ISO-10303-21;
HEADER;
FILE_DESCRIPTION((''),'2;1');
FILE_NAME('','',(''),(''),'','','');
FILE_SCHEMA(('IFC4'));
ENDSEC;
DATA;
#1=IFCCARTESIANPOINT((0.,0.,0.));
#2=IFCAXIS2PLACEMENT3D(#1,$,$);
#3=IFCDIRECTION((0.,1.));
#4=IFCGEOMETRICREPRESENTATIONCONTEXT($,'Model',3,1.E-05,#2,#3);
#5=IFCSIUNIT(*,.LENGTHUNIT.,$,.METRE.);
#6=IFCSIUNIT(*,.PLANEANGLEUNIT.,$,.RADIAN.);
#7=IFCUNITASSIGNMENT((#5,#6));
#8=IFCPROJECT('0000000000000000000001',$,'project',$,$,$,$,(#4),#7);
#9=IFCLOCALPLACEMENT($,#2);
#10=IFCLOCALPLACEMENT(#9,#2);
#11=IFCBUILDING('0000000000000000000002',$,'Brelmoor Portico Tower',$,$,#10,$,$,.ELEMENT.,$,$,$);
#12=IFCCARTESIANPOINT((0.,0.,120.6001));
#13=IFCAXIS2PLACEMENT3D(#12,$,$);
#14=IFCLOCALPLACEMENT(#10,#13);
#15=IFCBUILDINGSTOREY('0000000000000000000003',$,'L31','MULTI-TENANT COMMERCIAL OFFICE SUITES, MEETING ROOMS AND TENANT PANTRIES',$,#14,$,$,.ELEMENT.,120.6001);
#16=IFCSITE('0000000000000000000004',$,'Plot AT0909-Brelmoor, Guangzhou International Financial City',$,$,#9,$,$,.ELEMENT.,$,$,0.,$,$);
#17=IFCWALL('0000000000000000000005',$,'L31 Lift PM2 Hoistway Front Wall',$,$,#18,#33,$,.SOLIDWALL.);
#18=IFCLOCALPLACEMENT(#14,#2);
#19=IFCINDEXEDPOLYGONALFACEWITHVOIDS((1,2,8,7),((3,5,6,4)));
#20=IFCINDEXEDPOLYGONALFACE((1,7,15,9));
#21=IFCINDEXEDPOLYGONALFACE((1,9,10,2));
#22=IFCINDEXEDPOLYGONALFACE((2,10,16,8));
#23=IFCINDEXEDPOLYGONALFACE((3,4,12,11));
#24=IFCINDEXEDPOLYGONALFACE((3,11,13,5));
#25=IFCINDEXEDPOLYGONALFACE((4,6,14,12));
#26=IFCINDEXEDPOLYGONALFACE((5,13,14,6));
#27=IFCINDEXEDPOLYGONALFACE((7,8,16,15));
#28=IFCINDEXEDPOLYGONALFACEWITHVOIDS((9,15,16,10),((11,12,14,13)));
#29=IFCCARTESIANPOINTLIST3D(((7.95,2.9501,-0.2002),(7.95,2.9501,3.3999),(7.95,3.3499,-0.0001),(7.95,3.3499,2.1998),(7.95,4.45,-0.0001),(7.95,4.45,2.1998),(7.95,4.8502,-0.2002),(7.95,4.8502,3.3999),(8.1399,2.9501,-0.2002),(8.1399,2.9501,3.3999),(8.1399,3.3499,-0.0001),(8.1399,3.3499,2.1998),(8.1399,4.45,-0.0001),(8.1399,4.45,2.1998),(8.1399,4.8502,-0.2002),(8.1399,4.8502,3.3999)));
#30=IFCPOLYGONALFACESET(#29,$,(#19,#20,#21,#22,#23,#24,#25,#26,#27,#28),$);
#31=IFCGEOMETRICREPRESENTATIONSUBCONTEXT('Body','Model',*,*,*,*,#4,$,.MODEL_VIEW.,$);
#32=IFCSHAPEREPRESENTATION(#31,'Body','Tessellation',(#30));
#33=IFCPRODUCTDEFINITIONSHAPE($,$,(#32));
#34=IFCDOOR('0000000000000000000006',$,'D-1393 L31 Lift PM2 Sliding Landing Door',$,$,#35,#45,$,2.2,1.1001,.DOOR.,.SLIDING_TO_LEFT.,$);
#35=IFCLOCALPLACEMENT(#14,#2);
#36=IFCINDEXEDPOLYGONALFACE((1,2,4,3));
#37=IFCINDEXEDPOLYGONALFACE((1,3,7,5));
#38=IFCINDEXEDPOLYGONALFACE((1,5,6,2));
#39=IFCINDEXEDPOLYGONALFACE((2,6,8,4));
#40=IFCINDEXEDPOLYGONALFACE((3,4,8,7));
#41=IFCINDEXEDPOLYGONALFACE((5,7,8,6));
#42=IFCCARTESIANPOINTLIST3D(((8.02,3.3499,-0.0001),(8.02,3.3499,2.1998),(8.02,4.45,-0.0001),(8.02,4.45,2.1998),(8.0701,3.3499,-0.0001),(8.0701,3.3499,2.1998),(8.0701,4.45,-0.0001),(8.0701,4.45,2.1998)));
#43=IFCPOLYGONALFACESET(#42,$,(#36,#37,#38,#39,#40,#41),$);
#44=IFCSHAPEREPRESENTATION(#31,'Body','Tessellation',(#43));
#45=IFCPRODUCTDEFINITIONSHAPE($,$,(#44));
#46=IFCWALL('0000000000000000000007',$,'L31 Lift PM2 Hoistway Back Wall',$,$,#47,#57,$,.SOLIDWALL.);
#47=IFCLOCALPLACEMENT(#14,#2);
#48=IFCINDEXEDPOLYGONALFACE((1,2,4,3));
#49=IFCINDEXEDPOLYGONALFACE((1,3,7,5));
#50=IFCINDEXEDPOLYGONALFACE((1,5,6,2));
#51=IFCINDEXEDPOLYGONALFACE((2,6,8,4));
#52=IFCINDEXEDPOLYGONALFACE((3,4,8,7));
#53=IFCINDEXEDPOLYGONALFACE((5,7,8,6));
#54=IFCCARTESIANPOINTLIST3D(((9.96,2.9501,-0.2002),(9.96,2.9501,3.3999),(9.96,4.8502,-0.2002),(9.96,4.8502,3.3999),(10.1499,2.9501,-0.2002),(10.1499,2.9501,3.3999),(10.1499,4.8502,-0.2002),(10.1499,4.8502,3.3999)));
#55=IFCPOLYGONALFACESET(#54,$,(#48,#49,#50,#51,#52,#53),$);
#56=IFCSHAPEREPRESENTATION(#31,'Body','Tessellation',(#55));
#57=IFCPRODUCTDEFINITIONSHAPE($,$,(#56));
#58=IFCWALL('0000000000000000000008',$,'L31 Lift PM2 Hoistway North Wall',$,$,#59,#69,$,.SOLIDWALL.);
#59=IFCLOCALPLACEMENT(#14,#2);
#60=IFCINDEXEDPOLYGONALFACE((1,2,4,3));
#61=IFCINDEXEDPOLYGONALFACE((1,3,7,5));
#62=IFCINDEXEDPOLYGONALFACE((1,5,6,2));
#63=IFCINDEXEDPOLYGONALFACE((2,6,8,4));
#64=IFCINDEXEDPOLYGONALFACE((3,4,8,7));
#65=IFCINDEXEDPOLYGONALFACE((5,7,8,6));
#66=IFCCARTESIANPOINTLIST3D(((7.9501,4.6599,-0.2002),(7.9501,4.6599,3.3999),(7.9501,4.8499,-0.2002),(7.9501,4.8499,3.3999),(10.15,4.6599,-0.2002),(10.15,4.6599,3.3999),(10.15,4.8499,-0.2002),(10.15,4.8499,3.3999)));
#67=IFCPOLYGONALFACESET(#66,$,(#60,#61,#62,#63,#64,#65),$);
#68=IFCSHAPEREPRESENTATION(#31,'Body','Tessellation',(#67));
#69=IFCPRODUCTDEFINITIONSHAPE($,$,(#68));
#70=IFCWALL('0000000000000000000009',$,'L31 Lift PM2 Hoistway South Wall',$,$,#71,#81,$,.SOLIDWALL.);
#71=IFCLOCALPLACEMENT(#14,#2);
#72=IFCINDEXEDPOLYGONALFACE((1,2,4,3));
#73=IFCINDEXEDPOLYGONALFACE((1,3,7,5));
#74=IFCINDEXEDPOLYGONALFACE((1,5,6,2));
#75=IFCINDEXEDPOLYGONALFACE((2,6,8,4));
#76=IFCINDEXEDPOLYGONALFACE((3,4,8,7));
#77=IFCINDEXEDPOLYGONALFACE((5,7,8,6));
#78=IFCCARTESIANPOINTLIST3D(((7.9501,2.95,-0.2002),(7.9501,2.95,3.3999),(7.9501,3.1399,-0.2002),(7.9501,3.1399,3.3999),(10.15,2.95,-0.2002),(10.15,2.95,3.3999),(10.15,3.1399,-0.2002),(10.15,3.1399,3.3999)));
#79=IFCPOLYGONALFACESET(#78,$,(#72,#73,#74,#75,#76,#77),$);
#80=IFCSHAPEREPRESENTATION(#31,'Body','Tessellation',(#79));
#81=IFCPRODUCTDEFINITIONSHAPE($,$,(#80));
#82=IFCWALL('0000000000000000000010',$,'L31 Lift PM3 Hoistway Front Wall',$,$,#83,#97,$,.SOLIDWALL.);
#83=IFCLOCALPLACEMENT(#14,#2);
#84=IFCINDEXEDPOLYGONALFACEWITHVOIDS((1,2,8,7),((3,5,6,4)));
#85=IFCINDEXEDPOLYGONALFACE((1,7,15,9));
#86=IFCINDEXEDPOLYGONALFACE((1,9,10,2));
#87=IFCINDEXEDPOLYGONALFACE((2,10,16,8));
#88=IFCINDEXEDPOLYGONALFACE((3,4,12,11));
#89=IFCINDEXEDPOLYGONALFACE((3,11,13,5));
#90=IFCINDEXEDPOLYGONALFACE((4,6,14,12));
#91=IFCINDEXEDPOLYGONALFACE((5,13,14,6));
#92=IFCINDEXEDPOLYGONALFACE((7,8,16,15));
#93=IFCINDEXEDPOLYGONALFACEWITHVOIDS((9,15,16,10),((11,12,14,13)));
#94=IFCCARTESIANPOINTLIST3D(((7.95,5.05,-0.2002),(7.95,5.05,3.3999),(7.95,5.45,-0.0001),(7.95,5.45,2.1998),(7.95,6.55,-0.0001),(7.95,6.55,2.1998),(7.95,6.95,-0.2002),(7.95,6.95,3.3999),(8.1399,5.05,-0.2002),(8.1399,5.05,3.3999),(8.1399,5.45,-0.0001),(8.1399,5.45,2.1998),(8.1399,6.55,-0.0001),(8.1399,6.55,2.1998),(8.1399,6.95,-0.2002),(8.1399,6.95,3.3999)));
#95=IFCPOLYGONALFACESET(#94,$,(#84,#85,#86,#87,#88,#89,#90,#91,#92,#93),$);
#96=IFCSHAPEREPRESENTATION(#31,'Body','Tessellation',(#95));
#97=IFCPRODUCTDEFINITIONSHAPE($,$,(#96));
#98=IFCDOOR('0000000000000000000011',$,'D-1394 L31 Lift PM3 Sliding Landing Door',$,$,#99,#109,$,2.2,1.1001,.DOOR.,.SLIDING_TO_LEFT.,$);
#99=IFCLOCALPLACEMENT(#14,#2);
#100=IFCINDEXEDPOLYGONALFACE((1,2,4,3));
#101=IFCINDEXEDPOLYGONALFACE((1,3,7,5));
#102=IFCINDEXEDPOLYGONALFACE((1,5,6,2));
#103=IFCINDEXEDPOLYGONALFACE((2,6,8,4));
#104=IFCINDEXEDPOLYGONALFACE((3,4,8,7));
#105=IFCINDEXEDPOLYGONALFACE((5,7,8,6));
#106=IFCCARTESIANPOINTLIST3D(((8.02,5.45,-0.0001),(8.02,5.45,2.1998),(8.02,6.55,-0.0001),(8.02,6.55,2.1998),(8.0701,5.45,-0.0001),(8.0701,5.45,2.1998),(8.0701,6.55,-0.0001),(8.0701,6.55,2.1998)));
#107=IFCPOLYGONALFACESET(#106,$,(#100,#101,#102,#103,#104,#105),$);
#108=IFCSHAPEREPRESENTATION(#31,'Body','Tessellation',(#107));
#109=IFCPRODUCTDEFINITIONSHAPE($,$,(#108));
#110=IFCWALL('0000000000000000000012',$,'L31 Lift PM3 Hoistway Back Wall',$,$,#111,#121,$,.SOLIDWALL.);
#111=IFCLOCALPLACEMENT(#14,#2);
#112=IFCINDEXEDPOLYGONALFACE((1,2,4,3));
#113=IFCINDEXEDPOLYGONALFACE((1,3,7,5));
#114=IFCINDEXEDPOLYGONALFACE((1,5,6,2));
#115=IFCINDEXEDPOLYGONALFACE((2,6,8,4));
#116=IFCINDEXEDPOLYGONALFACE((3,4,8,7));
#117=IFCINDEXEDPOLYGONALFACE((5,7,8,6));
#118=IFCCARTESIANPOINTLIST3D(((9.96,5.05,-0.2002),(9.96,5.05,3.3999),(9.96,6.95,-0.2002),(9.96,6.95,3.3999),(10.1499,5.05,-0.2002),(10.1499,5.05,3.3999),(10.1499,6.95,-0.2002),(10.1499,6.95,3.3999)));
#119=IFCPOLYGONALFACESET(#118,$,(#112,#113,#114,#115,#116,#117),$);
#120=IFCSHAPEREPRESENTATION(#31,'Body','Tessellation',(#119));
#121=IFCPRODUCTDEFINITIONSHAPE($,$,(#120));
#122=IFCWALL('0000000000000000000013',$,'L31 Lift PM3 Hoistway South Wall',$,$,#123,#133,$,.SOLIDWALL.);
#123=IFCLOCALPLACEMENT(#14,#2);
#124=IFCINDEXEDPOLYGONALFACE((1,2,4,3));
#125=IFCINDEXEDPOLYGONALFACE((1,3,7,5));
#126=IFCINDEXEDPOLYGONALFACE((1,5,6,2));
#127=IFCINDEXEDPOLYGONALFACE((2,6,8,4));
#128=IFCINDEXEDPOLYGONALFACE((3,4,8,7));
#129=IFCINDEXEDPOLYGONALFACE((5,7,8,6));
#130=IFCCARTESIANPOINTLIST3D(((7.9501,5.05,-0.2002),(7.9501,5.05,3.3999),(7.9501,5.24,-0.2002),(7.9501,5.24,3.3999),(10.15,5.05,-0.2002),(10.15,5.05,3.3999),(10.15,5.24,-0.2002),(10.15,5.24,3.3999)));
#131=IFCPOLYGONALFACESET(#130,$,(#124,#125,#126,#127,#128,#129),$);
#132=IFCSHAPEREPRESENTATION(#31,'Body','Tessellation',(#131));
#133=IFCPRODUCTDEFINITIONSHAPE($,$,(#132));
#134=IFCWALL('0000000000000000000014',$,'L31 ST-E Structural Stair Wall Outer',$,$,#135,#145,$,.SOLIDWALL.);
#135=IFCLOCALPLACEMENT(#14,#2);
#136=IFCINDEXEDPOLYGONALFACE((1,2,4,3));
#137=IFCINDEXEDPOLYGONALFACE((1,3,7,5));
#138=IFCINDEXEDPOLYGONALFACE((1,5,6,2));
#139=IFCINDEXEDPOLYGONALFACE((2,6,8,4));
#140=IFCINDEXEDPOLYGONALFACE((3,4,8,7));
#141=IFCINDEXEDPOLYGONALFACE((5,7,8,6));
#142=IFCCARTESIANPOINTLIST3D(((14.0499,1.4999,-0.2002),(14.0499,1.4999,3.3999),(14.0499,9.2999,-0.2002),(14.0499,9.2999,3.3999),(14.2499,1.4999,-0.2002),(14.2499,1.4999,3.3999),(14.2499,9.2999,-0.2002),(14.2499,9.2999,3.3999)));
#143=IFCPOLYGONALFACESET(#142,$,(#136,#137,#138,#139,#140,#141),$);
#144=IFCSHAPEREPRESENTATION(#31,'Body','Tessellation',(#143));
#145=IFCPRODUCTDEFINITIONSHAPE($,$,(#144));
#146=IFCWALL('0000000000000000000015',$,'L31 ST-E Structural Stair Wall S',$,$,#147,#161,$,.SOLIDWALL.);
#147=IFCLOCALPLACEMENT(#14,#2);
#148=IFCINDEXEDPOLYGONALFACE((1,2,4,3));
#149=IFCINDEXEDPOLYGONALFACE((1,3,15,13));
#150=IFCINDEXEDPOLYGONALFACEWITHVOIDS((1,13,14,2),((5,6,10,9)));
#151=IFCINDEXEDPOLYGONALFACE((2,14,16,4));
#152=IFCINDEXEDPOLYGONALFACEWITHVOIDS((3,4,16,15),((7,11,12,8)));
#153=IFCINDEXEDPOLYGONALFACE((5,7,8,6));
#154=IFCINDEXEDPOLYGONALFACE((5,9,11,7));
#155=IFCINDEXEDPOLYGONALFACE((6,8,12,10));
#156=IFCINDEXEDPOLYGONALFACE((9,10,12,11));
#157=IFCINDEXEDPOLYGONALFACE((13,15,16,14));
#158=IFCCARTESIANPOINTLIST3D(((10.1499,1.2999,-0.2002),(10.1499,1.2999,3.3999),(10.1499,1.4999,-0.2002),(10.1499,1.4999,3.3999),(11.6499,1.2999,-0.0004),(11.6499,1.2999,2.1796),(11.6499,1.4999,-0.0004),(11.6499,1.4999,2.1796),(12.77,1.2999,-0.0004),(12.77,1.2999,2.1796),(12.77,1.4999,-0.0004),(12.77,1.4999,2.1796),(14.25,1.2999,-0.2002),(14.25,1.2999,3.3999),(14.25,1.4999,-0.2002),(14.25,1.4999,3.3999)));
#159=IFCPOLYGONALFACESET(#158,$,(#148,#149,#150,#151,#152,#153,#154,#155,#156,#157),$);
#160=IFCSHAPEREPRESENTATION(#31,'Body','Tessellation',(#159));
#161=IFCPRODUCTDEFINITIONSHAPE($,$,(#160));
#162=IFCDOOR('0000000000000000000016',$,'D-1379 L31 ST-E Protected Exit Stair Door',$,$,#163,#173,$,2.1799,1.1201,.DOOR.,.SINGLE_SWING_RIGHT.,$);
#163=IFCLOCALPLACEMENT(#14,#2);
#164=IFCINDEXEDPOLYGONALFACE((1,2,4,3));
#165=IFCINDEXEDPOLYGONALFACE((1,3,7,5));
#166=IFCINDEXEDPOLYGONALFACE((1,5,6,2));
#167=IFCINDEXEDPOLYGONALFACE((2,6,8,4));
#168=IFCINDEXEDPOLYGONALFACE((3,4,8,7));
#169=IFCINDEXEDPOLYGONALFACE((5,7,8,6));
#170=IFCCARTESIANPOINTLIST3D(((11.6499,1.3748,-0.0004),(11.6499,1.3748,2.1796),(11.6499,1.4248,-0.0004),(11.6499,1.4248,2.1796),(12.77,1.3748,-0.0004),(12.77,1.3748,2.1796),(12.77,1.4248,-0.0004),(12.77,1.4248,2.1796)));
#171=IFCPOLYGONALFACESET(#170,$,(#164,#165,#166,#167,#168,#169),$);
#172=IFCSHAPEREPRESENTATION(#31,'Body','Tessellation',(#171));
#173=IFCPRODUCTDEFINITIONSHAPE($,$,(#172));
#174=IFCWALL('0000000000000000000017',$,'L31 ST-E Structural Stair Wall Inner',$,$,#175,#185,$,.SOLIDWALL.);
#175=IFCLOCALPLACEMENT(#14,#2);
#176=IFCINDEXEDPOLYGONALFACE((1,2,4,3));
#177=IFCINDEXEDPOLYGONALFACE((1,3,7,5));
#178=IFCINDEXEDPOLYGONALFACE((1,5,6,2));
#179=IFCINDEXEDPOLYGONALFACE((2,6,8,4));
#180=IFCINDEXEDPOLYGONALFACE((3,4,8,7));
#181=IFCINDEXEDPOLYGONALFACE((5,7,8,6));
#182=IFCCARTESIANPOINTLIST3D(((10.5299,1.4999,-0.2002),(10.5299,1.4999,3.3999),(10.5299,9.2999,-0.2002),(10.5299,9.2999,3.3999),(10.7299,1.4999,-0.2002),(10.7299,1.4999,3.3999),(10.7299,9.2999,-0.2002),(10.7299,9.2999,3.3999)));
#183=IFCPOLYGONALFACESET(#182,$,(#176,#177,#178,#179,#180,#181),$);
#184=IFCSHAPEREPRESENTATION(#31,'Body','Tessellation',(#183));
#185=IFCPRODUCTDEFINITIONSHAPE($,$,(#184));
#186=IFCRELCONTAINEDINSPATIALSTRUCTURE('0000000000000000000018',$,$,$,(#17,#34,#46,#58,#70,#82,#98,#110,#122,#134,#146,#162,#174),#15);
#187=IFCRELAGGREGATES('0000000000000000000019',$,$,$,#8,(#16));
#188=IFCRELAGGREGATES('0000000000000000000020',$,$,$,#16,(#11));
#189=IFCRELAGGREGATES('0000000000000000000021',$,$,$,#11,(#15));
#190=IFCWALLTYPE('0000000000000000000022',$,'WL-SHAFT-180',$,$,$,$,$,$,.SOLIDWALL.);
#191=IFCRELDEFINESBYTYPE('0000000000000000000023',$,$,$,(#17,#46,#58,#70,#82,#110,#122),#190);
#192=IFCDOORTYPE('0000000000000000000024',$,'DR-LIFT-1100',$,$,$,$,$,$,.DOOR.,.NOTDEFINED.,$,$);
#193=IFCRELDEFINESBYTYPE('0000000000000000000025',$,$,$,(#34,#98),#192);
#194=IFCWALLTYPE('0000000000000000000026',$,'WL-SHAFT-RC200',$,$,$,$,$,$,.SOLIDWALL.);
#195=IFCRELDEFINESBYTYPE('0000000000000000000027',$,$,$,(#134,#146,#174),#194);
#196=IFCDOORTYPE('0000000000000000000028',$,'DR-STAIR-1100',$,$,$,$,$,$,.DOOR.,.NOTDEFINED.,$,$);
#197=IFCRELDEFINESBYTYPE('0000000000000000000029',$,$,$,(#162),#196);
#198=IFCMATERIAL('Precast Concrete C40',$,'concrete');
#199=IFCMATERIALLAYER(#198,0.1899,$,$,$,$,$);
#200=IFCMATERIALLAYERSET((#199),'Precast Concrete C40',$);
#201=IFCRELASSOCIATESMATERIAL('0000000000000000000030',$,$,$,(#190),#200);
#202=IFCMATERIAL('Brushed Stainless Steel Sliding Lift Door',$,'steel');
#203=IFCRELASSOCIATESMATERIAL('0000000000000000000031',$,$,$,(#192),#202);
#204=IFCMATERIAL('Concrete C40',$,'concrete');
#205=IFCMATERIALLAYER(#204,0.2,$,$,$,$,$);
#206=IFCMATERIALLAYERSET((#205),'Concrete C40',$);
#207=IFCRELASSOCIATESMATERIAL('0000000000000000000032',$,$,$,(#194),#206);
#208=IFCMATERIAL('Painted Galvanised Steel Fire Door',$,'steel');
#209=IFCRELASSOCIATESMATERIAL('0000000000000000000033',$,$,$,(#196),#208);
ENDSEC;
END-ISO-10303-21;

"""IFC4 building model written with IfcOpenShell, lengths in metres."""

from ifc_helpers import new_model, si_unit, direction, frame, frame_2d, origin, place, context, subcontext, project, spatial, rectangle, extrude, material, layer, layer_set, type_object, element, fill, save


model = new_model("IFC4")

# Units and contexts
model_context = context("Model", 3, precision=1e-05, world=origin(), true_north=direction((0.0, 1.0)))
body_context = subcontext(model_context, "Body", "Model", "MODEL_VIEW")
ifc_project = project(units=[si_unit("LENGTHUNIT", "METRE"), si_unit("PLANEANGLEUNIT", "RADIAN")], contexts=[model_context])

# Site, building, storey
site_placement = place(None, origin())
site = spatial("IfcSite", under=ifc_project, at=site_placement, Name="Plot AT0909-Brelmoor, Guangzhou International Financial City", CompositionType="ELEMENT", RefElevation=0.0)
building_placement = place(site_placement, origin())
building = spatial("IfcBuilding", under=site, at=building_placement, Name="Brelmoor Portico Tower", CompositionType="ELEMENT")
storey_placement = place(building_placement, frame((0.0, 0.0, 120.6001)))
storey = spatial("IfcBuildingStorey", under=building, at=storey_placement, Name="L31", Description="MULTI-TENANT COMMERCIAL OFFICE SUITES, MEETING ROOMS AND TENANT PANTRIES", CompositionType="ELEMENT", Elevation=120.6001)

# Shared definitions
ifc_material_1 = material(Name="Precast Concrete C40", Category="concrete")
ifc_layer_1 = layer(ifc_material_1, 0.1899)
ifc_layer_set_1 = layer_set([ifc_layer_1], Name="Precast Concrete C40")
wall_type_1 = type_object("IfcWallType", Name="WL-SHAFT-180", PredefinedType="SOLIDWALL", material=ifc_layer_set_1)
ifc_material_2 = material(Name="Brushed Stainless Steel Sliding Lift Door", Category="steel")
door_type_1 = type_object("IfcDoorType", Name="DR-LIFT-1100", OperationType="NOTDEFINED", PredefinedType="DOOR", material=ifc_material_2)

# Wall, opening, door
wall_1_placement = place(storey_placement, frame((8.0449, 2.95, -0.2002), z_axis=(0.0, 0.0, 1.0), x_axis=(0.0, 1.0, 0.0)))
wall_1 = element("IfcWall", 1, at=wall_1_placement, inside=storey, type_object=wall_type_1, Name="L31 Lift PM2 Hoistway Front Wall", PredefinedType="SOLIDWALL", context=body_context, shape_type="SweptSolid", body=[
    extrude(rectangle(XDim=1.9001, YDim=0.1899, at=frame_2d((0.9502, 0.0))), origin(), (0.0, 0.0, 1.0), 3.6001),
])
opening_1_placement = place(wall_1_placement, frame((0.3999, 0.0, 0.2)))
opening_1 = element("IfcOpeningElement", 2, at=opening_1_placement, cuts=wall_1, PredefinedType="OPENING", context=body_context, shape_type="SweptSolid", body=[
    extrude(rectangle(XDim=1.1001, YDim=2.2, at=frame_2d((0.55, 1.1001))), frame((0.0, 0.105, 0.0), z_axis=(0.0, -1.0, 0.0), x_axis=(1.0, 0.0, 0.0)), (0.0, 0.0, 1.0), 0.21),
])
door_1_placement = place(opening_1_placement, origin())
door_1 = element("IfcDoor", 3, at=door_1_placement, inside=storey, type_object=door_type_1, Name="D-1393 L31 Lift PM2 Sliding Landing Door", OperationType="SLIDING_TO_LEFT", OverallHeight=2.2, OverallWidth=1.1001, PredefinedType="DOOR", context=body_context, shape_type="SweptSolid", body=[
    extrude(rectangle(XDim=1.1001, YDim=2.2, at=frame_2d((0.55, 1.1001))), frame((0.0, 0.0249, 0.0), z_axis=(0.0, -1.0, 0.0), x_axis=(1.0, 0.0, 0.0)), (0.0, 0.0, 1.0), 0.05),
])
fill(opening_1, door_1)

# Walls
wall_2_placement = place(storey_placement, frame((10.0549, 2.95, -0.2002), z_axis=(0.0, 0.0, 1.0), x_axis=(0.0, 1.0, 0.0)))
element("IfcWall", 4, at=wall_2_placement, inside=storey, type_object=wall_type_1, Name="L31 Lift PM2 Hoistway Back Wall", PredefinedType="SOLIDWALL", context=body_context, shape_type="SweptSolid", body=[
    extrude(rectangle(XDim=1.9001, YDim=0.1899, at=frame_2d((0.9502, 0.0))), origin(), (0.0, 0.0, 1.0), 3.6001),
])
for number, where, z_axis, x_axis, name in (
    (5, (7.95, 4.7549, -0.2002), (0.0, 0.0, 1.0), (1.0, 0.0, 0.0), "L31 Lift PM2 Hoistway North Wall"),
    (6, (7.95, 3.0449, -0.2002), (0.0, 0.0, 1.0), (1.0, 0.0, 0.0), "L31 Lift PM2 Hoistway South Wall"),
):
    element("IfcWall", number, at=place(storey_placement, frame(where, z_axis=z_axis, x_axis=x_axis)), inside=storey, type_object=wall_type_1, Name=name, PredefinedType="SOLIDWALL", context=body_context, shape_type="SweptSolid", body=[
        extrude(rectangle(XDim=2.2, YDim=0.1899, at=frame_2d((1.1001, 0.0))), origin(), (0.0, 0.0, 1.0), 3.6001),
    ])

# Wall, opening, door
wall_3_placement = place(storey_placement, frame((8.0449, 5.05, -0.2002), z_axis=(0.0, 0.0, 1.0), x_axis=(0.0, 1.0, 0.0)))
wall_3 = element("IfcWall", 7, at=wall_3_placement, inside=storey, type_object=wall_type_1, Name="L31 Lift PM3 Hoistway Front Wall", PredefinedType="SOLIDWALL", context=body_context, shape_type="SweptSolid", body=[
    extrude(rectangle(XDim=1.8999, YDim=0.1899, at=frame_2d((0.95, 0.0))), origin(), (0.0, 0.0, 1.0), 3.6001),
])
opening_2_placement = place(wall_3_placement, frame((0.3999, 0.0, 0.2)))
opening_2 = element("IfcOpeningElement", 8, at=opening_2_placement, cuts=wall_3, PredefinedType="OPENING", context=body_context, shape_type="SweptSolid", body=[
    extrude(rectangle(XDim=1.1001, YDim=2.2, at=frame_2d((0.55, 1.1001))), frame((0.0, 0.105, 0.0), z_axis=(0.0, -1.0, 0.0), x_axis=(1.0, 0.0, 0.0)), (0.0, 0.0, 1.0), 0.21),
])
door_2_placement = place(opening_2_placement, origin())
door_2 = element("IfcDoor", 9, at=door_2_placement, inside=storey, type_object=door_type_1, Name="D-1394 L31 Lift PM3 Sliding Landing Door", OperationType="SLIDING_TO_LEFT", OverallHeight=2.2, OverallWidth=1.1001, PredefinedType="DOOR", context=body_context, shape_type="SweptSolid", body=[
    extrude(rectangle(XDim=1.1001, YDim=2.2, at=frame_2d((0.55, 1.1001))), frame((0.0, 0.0249, 0.0), z_axis=(0.0, -1.0, 0.0), x_axis=(1.0, 0.0, 0.0)), (0.0, 0.0, 1.0), 0.05),
])
fill(opening_2, door_2)

# Walls
wall_4_placement = place(storey_placement, frame((10.0549, 5.05, -0.2002), z_axis=(0.0, 0.0, 1.0), x_axis=(0.0, 1.0, 0.0)))
element("IfcWall", 10, at=wall_4_placement, inside=storey, type_object=wall_type_1, Name="L31 Lift PM3 Hoistway Back Wall", PredefinedType="SOLIDWALL", context=body_context, shape_type="SweptSolid", body=[
    extrude(rectangle(XDim=1.8999, YDim=0.1899, at=frame_2d((0.95, 0.0))), origin(), (0.0, 0.0, 1.0), 3.6001),
])
wall_5_placement = place(storey_placement, frame((7.95, 5.145, -0.2002), z_axis=(0.0, 0.0, 1.0), x_axis=(1.0, 0.0, 0.0)))
element("IfcWall", 11, at=wall_5_placement, inside=storey, type_object=wall_type_1, Name="L31 Lift PM3 Hoistway South Wall", PredefinedType="SOLIDWALL", context=body_context, shape_type="SweptSolid", body=[
    extrude(rectangle(XDim=2.2, YDim=0.1899, at=frame_2d((1.1001, 0.0))), origin(), (0.0, 0.0, 1.0), 3.6001),
])
ifc_material_3 = material(Name="Concrete C40", Category="concrete")
ifc_layer_2 = layer(ifc_material_3, 0.2)
ifc_layer_set_2 = layer_set([ifc_layer_2], Name="Concrete C40")
wall_type_2 = type_object("IfcWallType", Name="WL-SHAFT-RC200", PredefinedType="SOLIDWALL", material=ifc_layer_set_2)
wall_6_placement = place(storey_placement, frame((14.1499, 1.5, -0.2002), z_axis=(0.0, 0.0, 1.0), x_axis=(0.0, 1.0, 0.0)))
element("IfcWall", 12, at=wall_6_placement, inside=storey, type_object=wall_type_2, Name="L31 ST-E Structural Stair Wall Outer", PredefinedType="SOLIDWALL", context=body_context, shape_type="SweptSolid", body=[
    extrude(rectangle(XDim=7.8, YDim=0.2, at=frame_2d((3.8999, 0.0))), origin(), (0.0, 0.0, 1.0), 3.6001),
])

# Wall, opening, door
wall_7_placement = place(storey_placement, frame((10.1499, 1.3999, -0.2002), z_axis=(0.0, 0.0, 1.0), x_axis=(1.0, 0.0, 0.0)))
wall_7 = element("IfcWall", 13, at=wall_7_placement, inside=storey, type_object=wall_type_2, Name="L31 ST-E Structural Stair Wall S", PredefinedType="SOLIDWALL", context=body_context, shape_type="SweptSolid", body=[
    extrude(rectangle(XDim=4.1001, YDim=0.2, at=frame_2d((2.05, 0.0))), origin(), (0.0, 0.0, 1.0), 3.6001),
])
opening_3_placement = place(wall_7_placement, frame((1.5, 0.0, 0.2)))
opening_3 = element("IfcOpeningElement", 14, at=opening_3_placement, cuts=wall_7, PredefinedType="OPENING", context=body_context, shape_type="SweptSolid", body=[
    extrude(rectangle(XDim=1.1201, YDim=2.1799, at=frame_2d((0.5601, 1.0898))), frame((0.0, 0.1099, 0.0), z_axis=(0.0, -1.0, 0.0), x_axis=(1.0, 0.0, 0.0)), (0.0, 0.0, 1.0), 0.22),
])
ifc_material_4 = material(Name="Painted Galvanised Steel Fire Door", Category="steel")
door_type_2 = type_object("IfcDoorType", Name="DR-STAIR-1100", OperationType="NOTDEFINED", PredefinedType="DOOR", material=ifc_material_4)
door_3_placement = place(opening_3_placement, origin())
door_3 = element("IfcDoor", 15, at=door_3_placement, inside=storey, type_object=door_type_2, Name="D-1379 L31 ST-E Protected Exit Stair Door", OperationType="SINGLE_SWING_RIGHT", OverallHeight=2.1799, OverallWidth=1.1201, PredefinedType="DOOR", context=body_context, shape_type="SweptSolid", body=[
    extrude(rectangle(XDim=1.1201, YDim=2.1799, at=frame_2d((0.5601, 1.0898))), frame((0.0, 0.0249, 0.0), z_axis=(0.0, -1.0, 0.0), x_axis=(1.0, 0.0, 0.0)), (0.0, 0.0, 1.0), 0.05),
])
fill(opening_3, door_3)

# Wall
wall_8_placement = place(storey_placement, frame((10.6299, 1.5, -0.2002), z_axis=(0.0, 0.0, 1.0), x_axis=(0.0, 1.0, 0.0)))
element("IfcWall", 16, at=wall_8_placement, inside=storey, type_object=wall_type_2, Name="L31 ST-E Structural Stair Wall Inner", PredefinedType="SOLIDWALL", context=body_context, shape_type="SweptSolid", body=[
    extrude(rectangle(XDim=7.8, YDim=0.2, at=frame_2d((3.8999, 0.0))), origin(), (0.0, 0.0, 1.0), 3.6001),
])

save(model, "model.ifc")
